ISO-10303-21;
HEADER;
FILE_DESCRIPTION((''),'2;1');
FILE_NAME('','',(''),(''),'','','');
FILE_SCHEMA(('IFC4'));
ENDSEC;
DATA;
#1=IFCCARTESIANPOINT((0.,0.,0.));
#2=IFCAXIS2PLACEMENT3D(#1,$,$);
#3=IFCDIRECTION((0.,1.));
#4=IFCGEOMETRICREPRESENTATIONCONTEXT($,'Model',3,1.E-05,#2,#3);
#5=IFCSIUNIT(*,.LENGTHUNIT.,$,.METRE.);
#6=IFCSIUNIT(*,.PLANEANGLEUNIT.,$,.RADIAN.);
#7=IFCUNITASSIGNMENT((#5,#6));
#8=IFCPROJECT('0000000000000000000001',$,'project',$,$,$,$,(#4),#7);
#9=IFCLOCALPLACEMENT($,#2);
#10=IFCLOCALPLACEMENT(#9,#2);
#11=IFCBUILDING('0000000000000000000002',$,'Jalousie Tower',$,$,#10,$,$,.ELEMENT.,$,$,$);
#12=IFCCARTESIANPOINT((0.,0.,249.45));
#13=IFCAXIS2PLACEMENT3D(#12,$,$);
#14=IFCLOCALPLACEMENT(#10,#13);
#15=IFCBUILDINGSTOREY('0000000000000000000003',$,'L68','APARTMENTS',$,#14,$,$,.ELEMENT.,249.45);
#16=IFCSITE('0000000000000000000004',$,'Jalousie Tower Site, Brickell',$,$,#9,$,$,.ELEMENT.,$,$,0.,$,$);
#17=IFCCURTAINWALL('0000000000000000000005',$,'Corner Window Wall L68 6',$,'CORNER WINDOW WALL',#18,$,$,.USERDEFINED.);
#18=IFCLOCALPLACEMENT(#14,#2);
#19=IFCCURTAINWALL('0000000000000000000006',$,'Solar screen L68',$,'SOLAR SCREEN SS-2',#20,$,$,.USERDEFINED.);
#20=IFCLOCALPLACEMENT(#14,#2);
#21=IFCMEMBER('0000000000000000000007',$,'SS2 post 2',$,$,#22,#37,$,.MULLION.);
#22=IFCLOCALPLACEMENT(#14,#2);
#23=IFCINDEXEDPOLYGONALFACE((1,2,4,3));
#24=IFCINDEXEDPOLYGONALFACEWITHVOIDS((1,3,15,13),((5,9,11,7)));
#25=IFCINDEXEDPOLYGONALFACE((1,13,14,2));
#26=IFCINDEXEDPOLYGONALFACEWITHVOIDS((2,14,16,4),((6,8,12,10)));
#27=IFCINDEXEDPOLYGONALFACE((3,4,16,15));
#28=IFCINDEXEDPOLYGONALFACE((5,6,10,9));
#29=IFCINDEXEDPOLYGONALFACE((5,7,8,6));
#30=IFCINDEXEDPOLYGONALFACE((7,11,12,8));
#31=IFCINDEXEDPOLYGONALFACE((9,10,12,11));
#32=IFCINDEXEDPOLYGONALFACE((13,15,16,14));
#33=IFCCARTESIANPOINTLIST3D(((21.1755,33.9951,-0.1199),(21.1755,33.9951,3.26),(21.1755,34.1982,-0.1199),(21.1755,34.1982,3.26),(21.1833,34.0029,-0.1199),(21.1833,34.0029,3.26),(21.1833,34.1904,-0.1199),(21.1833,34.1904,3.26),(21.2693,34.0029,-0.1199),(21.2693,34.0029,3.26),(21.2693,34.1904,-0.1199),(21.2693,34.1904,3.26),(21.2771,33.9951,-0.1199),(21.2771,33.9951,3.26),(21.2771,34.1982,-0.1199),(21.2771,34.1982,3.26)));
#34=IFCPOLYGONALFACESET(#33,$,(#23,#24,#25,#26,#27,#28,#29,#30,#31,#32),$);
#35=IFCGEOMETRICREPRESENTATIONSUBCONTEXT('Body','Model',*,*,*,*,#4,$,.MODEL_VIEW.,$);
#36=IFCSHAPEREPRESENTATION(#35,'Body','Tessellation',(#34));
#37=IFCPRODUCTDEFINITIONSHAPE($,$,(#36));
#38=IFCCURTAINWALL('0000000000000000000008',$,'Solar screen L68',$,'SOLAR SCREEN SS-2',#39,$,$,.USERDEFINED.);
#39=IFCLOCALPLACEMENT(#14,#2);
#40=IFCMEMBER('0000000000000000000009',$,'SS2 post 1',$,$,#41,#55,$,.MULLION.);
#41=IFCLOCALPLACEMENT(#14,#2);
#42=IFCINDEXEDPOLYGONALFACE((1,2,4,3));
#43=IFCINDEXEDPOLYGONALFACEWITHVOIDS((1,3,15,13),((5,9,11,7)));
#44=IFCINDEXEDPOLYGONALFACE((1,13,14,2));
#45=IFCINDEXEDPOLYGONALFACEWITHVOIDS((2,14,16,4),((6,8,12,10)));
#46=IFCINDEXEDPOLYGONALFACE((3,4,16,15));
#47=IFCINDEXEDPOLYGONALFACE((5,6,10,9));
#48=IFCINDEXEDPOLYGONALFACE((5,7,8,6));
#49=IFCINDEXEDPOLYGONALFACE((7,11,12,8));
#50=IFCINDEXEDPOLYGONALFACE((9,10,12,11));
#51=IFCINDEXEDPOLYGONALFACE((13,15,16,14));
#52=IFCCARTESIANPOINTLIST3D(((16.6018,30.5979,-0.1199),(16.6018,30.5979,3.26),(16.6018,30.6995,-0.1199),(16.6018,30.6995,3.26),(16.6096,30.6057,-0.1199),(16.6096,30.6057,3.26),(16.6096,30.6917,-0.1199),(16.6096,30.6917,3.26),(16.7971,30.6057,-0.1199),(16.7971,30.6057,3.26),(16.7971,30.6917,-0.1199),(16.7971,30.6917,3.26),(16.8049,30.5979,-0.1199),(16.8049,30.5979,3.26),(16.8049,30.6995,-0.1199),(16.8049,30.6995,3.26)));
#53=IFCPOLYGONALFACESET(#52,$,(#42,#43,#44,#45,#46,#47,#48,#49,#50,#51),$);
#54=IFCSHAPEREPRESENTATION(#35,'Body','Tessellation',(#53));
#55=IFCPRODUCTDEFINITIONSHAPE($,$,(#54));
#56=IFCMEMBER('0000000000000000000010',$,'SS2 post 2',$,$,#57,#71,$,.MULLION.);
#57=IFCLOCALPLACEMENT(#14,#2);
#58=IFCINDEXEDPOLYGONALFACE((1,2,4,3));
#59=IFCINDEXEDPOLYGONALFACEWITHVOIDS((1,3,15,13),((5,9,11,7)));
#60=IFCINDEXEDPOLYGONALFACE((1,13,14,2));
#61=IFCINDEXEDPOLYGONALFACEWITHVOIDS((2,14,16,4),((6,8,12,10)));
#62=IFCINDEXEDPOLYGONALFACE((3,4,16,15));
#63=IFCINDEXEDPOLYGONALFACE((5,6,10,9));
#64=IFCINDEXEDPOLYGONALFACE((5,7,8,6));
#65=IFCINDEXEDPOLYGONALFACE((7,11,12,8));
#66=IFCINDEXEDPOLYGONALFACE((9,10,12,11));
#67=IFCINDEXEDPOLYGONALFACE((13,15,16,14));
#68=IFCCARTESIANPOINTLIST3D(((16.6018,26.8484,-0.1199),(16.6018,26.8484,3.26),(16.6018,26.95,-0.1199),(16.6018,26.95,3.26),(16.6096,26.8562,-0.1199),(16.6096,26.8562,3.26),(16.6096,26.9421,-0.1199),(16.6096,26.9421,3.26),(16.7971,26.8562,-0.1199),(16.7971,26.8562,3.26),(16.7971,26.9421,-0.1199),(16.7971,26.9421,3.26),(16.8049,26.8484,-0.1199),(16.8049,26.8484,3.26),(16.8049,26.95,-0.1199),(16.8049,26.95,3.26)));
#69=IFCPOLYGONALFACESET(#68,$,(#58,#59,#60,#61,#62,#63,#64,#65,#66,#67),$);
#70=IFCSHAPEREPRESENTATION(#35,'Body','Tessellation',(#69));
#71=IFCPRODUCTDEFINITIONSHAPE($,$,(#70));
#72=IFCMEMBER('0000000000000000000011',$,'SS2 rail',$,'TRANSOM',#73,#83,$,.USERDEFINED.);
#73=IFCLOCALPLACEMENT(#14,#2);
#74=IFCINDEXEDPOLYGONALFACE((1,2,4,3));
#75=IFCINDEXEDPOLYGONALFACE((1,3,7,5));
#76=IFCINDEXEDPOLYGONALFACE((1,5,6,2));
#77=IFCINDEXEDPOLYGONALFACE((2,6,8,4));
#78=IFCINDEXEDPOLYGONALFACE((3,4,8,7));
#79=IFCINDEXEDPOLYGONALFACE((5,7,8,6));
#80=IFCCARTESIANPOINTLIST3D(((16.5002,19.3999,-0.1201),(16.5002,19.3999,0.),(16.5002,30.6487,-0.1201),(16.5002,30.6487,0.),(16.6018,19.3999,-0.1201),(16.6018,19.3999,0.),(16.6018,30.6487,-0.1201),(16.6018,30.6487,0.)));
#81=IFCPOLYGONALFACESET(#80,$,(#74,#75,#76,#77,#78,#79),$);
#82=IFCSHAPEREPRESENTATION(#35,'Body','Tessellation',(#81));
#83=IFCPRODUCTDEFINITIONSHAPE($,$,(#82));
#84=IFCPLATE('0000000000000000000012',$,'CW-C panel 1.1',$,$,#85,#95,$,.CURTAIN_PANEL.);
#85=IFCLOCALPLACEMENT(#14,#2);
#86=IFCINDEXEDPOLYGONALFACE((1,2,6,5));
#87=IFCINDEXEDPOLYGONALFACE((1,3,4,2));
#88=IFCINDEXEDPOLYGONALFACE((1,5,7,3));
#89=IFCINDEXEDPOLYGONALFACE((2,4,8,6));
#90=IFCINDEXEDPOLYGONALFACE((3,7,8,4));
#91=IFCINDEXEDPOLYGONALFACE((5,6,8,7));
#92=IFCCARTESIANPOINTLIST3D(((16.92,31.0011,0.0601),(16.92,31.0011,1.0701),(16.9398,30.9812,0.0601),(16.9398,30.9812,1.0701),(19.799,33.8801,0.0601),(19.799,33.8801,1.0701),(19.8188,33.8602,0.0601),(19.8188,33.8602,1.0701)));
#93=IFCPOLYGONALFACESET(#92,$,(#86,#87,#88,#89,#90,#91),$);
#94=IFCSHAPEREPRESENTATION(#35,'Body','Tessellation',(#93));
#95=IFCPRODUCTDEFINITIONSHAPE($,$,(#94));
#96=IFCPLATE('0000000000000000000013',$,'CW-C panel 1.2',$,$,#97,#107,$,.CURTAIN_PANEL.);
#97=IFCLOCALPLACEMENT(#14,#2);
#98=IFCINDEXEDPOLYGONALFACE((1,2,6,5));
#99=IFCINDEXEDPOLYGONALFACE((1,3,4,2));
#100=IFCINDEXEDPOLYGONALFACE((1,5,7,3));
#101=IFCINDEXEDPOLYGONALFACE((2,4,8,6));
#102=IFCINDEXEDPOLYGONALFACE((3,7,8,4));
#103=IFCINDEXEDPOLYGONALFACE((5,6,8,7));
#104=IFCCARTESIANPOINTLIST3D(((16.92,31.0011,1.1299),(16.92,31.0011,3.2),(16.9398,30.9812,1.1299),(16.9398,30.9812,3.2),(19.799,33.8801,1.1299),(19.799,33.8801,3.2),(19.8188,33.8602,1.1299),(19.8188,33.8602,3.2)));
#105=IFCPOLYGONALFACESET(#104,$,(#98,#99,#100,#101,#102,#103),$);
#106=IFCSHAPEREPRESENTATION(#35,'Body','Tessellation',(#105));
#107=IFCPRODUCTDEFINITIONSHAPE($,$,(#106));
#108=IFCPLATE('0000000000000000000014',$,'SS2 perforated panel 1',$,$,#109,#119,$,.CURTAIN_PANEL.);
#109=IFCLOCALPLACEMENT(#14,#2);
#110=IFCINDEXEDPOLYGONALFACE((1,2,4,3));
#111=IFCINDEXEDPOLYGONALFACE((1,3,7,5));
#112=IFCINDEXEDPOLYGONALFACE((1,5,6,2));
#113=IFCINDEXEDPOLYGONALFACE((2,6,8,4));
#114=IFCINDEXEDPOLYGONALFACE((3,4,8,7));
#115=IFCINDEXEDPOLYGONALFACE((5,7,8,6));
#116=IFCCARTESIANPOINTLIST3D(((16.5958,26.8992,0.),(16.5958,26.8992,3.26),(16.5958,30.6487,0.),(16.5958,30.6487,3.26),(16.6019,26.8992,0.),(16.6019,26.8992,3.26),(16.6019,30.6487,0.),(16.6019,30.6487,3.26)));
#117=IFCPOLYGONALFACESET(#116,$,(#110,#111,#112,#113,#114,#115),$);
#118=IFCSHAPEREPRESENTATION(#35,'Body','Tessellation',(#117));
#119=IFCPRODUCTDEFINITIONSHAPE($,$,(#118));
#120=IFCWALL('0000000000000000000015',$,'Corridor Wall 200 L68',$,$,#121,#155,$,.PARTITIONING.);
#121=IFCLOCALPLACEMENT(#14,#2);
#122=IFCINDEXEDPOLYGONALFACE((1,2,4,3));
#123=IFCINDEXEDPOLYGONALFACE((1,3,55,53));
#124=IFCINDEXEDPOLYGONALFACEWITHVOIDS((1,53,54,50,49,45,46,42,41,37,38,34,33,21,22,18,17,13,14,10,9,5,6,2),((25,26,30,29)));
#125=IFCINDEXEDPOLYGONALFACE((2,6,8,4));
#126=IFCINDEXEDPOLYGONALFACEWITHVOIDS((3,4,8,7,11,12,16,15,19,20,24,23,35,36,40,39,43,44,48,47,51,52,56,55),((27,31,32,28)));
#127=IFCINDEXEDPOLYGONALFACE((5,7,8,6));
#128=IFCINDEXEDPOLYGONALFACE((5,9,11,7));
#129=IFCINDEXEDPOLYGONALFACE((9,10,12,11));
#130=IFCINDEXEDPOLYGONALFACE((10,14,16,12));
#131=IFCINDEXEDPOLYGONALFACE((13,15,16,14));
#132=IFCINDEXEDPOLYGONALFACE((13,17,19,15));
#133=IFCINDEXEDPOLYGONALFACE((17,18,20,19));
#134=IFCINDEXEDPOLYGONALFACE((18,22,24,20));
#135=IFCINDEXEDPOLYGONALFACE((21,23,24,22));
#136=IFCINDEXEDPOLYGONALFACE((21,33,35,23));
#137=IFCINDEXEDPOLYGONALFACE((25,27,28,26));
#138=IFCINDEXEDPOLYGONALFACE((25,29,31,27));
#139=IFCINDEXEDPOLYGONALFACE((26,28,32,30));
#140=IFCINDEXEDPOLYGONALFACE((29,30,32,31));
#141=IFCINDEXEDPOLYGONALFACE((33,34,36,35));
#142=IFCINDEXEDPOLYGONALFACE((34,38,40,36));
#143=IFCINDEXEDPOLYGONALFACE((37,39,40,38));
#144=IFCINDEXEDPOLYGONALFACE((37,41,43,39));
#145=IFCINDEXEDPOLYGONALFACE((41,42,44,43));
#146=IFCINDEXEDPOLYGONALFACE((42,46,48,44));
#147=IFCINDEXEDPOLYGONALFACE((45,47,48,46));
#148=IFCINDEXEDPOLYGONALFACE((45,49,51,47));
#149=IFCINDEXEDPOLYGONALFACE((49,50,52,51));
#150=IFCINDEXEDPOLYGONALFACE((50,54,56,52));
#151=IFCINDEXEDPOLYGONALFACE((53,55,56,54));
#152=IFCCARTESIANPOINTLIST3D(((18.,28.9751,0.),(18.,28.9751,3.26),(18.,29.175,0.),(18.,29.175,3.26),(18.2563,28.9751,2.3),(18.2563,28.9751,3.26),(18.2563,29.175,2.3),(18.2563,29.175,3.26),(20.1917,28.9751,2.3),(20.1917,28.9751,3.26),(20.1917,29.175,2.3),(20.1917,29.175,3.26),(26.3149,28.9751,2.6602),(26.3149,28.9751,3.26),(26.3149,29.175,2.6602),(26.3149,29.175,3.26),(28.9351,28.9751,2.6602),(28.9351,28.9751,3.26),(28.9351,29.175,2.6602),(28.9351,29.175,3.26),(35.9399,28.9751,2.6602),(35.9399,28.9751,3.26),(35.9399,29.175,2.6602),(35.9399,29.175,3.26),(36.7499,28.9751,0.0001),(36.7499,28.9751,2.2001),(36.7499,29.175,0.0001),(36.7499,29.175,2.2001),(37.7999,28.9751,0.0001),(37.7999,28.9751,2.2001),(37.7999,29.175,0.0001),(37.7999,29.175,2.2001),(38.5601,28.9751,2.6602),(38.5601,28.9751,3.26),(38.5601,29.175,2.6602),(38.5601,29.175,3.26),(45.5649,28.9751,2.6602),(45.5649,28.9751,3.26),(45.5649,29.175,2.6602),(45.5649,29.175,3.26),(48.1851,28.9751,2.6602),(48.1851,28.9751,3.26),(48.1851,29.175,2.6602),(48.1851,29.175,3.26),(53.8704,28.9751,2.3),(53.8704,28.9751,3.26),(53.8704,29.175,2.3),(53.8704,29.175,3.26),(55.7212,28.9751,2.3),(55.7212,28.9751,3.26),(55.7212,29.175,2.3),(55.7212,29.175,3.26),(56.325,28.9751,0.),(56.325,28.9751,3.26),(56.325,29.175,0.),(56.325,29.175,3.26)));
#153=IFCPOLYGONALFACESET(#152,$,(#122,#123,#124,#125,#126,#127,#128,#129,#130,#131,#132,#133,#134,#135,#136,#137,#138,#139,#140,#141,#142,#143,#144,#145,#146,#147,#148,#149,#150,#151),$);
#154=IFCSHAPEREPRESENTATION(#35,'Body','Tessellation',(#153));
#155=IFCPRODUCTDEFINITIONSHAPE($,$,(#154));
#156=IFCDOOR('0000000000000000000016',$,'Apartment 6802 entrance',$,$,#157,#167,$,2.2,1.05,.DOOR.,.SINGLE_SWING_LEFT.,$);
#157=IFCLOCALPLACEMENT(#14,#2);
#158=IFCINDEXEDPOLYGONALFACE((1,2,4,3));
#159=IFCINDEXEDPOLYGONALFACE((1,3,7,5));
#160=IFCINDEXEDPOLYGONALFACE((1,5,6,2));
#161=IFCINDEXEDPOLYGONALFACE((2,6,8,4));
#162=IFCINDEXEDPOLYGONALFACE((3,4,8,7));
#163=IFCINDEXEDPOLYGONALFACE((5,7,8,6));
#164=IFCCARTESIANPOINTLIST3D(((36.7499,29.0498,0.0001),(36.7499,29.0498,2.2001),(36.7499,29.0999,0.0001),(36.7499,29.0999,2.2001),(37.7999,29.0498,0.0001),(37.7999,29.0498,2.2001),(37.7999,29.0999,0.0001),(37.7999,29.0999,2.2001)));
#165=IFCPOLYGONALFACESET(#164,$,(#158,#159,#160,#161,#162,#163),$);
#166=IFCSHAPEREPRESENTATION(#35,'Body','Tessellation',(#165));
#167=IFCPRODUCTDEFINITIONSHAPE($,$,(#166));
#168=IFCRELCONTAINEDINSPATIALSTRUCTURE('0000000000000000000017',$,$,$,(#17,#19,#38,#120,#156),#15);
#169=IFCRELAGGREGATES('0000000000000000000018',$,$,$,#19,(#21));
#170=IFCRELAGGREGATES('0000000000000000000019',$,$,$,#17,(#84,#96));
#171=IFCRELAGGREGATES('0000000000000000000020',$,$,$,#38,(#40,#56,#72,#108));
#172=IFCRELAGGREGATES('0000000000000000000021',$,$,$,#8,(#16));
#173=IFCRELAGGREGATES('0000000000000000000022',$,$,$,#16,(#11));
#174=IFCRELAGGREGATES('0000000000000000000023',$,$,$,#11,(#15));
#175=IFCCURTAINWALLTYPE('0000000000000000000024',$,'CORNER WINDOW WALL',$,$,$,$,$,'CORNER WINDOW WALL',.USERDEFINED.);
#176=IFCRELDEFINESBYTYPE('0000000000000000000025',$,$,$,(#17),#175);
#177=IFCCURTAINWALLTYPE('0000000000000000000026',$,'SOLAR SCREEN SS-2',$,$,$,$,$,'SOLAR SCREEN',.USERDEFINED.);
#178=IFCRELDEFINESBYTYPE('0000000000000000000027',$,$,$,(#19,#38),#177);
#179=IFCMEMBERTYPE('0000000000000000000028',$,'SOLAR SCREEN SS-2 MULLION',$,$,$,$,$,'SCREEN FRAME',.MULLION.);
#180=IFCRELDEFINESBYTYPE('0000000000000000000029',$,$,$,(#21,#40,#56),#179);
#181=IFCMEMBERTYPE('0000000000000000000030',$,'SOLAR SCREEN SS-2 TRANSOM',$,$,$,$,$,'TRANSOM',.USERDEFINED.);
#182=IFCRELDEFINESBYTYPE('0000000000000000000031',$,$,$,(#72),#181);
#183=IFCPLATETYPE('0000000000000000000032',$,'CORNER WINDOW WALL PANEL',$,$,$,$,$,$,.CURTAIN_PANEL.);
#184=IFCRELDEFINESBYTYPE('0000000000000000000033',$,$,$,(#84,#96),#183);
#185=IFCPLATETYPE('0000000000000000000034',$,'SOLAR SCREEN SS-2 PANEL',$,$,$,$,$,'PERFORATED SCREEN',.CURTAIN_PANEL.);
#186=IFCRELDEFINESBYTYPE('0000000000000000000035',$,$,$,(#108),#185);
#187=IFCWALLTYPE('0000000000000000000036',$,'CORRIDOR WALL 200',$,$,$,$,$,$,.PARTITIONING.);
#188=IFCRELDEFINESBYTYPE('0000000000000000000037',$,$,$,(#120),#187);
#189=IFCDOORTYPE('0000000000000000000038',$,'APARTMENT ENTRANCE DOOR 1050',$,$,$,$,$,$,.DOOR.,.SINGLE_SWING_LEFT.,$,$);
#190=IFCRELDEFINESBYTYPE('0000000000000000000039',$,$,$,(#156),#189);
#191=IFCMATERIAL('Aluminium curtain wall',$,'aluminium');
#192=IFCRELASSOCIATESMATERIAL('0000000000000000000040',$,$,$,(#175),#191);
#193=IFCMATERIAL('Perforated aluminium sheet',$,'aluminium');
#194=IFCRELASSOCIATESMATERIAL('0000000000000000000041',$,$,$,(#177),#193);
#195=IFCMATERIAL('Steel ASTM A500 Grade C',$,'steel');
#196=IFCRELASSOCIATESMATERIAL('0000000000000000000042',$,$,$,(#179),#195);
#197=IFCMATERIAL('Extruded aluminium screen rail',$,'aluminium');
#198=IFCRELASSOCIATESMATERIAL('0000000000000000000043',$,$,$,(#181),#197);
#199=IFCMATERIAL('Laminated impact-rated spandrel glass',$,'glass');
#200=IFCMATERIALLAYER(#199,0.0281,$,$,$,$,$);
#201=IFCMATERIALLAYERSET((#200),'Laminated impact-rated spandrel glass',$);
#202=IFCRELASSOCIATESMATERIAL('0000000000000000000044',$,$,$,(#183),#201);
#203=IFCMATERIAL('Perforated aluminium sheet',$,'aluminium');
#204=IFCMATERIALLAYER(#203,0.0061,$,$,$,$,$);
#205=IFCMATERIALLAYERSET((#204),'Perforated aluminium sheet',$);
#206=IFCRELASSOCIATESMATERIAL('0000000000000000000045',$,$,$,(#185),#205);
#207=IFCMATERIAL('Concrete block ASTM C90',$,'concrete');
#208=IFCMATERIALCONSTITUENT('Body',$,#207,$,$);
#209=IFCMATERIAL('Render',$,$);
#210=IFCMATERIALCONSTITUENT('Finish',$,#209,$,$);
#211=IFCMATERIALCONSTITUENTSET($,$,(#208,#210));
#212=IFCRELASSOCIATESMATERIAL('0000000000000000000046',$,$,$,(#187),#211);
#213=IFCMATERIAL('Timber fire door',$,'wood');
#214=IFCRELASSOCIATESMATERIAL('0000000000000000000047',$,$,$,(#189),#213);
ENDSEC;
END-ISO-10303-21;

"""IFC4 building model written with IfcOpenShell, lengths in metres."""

from ifc_helpers import new_model, si_unit, direction, frame, frame_2d, origin, origin_2d, place, context, subcontext, project, spatial, polyline, rectangle, hollow_rectangle, outline, extrude, material, layer, layer_set, constituent, constituent_set, material_profile, profile_set, type_object, element, fill, aggregate, save


model = new_model("IFC4")

# Units and contexts
model_context = context("Model", 3, precision=1e-05, world=origin(), true_north=direction((0.0, 1.0)))
body_context = subcontext(model_context, "Body", "Model", "MODEL_VIEW")
ifc_project = project(units=[si_unit("LENGTHUNIT", "METRE"), si_unit("PLANEANGLEUNIT", "RADIAN")], contexts=[model_context])

# Site, building, storey
site_placement = place(None, origin())
site = spatial("IfcSite", under=ifc_project, at=site_placement, Name="Jalousie Tower Site, Brickell", CompositionType="ELEMENT", RefElevation=0.0)
building_placement = place(site_placement, origin())
building = spatial("IfcBuilding", under=site, at=building_placement, Name="Jalousie Tower", CompositionType="ELEMENT")
storey_placement = place(building_placement, frame((0.0, 0.0, 249.45)))
storey = spatial("IfcBuildingStorey", under=building, at=storey_placement, Name="L68", Description="APARTMENTS", CompositionType="ELEMENT", Elevation=249.45)

# Curtain wall
ifc_material_1 = material(Name="Aluminium curtain wall", Category="aluminium")
curtain_wall_type_1 = type_object("IfcCurtainWallType", Name="CORNER WINDOW WALL", ElementType="CORNER WINDOW WALL", PredefinedType="USERDEFINED", material=ifc_material_1)
curtain_wall_1_placement = place(storey_placement, origin())
curtain_wall_1 = element("IfcCurtainWall", 1, at=curtain_wall_1_placement, inside=storey, type_object=curtain_wall_type_1, Name="Corner Window Wall L68 6", ObjectType="CORNER WINDOW WALL", PredefinedType="USERDEFINED")

# Curtain wall, member
ifc_material_2 = material(Name="Perforated aluminium sheet", Category="aluminium")
curtain_wall_type_2 = type_object("IfcCurtainWallType", Name="SOLAR SCREEN SS-2", ElementType="SOLAR SCREEN", PredefinedType="USERDEFINED", material=ifc_material_2)
curtain_wall_2_placement = place(storey_placement, origin())
curtain_wall_2 = element("IfcCurtainWall", 2, at=curtain_wall_2_placement, inside=storey, type_object=curtain_wall_type_2, Name="Solar screen L68", ObjectType="SOLAR SCREEN SS-2", PredefinedType="USERDEFINED")
ifc_material_3 = material(Name="Steel ASTM A500 Grade C", Category="steel")
ifc_material_profile_1 = material_profile(ifc_material_3, hollow_rectangle(XDim=0.1016, YDim=0.2031, WallThickness=0.0078, at=origin_2d()), Name="HSS8X4X5/16")
ifc_profile_set_1 = profile_set([ifc_material_profile_1], Name="Steel ASTM A500 Grade C")
member_type_1 = type_object("IfcMemberType", Name="SOLAR SCREEN SS-2 MULLION", ElementType="SCREEN FRAME", PredefinedType="MULLION", material=ifc_profile_set_1)
member_1_placement = place(storey_placement, frame((21.2263, 34.0967, -0.1199), z_axis=(0.0, 0.0, 1.0), x_axis=(-1.0, 0.0, 0.0)))
member_1 = element("IfcMember", 3, at=member_1_placement, type_object=member_type_1, Name="SS2 post 2", PredefinedType="MULLION", context=body_context, shape_type="SweptSolid", body=[
    extrude(hollow_rectangle(XDim=0.1016, YDim=0.2031, WallThickness=0.0078, at=origin_2d()), origin(), (0.0, 0.0, 1.0), 3.3799),
])
aggregate(curtain_wall_2, [member_1])

# Curtain wall, members
curtain_wall_3_placement = place(storey_placement, origin())
curtain_wall_3 = element("IfcCurtainWall", 4, at=curtain_wall_3_placement, inside=storey, type_object=curtain_wall_type_2, Name="Solar screen L68", ObjectType="SOLAR SCREEN SS-2", PredefinedType="USERDEFINED")
member_2_placement = place(storey_placement, frame((16.7034, 30.6487, -0.1199), z_axis=(0.0, 0.0, 1.0), x_axis=(0.0, -1.0, 0.0)))
member_2 = element("IfcMember", 5, at=member_2_placement, type_object=member_type_1, Name="SS2 post 1", PredefinedType="MULLION", context=body_context, shape_type="SweptSolid", body=[
    extrude(hollow_rectangle(XDim=0.1016, YDim=0.2031, WallThickness=0.0078, at=origin_2d()), origin(), (0.0, 0.0, 1.0), 3.3799),
])
member_3_placement = place(storey_placement, frame((16.7034, 26.8992, -0.1199), z_axis=(0.0, 0.0, 1.0), x_axis=(0.0, -1.0, 0.0)))
member_3 = element("IfcMember", 6, at=member_3_placement, type_object=member_type_1, Name="SS2 post 2", PredefinedType="MULLION", context=body_context, shape_type="SweptSolid", body=[
    extrude(hollow_rectangle(XDim=0.1016, YDim=0.2031, WallThickness=0.0078, at=origin_2d()), origin(), (0.0, 0.0, 1.0), 3.3799),
])
ifc_material_4 = material(Name="Extruded aluminium screen rail", Category="aluminium")
ifc_material_profile_2 = material_profile(ifc_material_4, rectangle(XDim=0.1016, YDim=0.1201, at=origin_2d()), Name="RAIL 102x120")
ifc_profile_set_2 = profile_set([ifc_material_profile_2], Name="Extruded aluminium screen rail")
member_type_2 = type_object("IfcMemberType", Name="SOLAR SCREEN SS-2 TRANSOM", ElementType="TRANSOM", PredefinedType="USERDEFINED", material=ifc_profile_set_2)
member_4_placement = place(storey_placement, frame((16.551, 30.6487, -0.0601), z_axis=(0.0, -1.0, 0.0), x_axis=(1.0, 0.0, 0.0)))
member_4 = element("IfcMember", 7, at=member_4_placement, type_object=member_type_2, Name="SS2 rail", ObjectType="TRANSOM", PredefinedType="USERDEFINED", context=body_context, shape_type="SweptSolid", body=[
    extrude(rectangle(XDim=0.1016, YDim=0.1201, at=origin_2d()), origin(), (0.0, 0.0, 1.0), 11.2488),
])

# Plates
ifc_material_5 = material(Name="Laminated impact-rated spandrel glass", Category="glass")
ifc_layer_1 = layer(ifc_material_5, 0.0281)
ifc_layer_set_1 = layer_set([ifc_layer_1], Name="Laminated impact-rated spandrel glass")
plate_type_1 = type_object("IfcPlateType", Name="CORNER WINDOW WALL PANEL", PredefinedType="CURTAIN_PANEL", material=ifc_layer_set_1)
plate_1_placement = place(storey_placement, frame((18.3694, 32.4307, 0.0601), z_axis=(0.0, 0.0, 1.0), x_axis=(-0.707107, -0.707107, 0.0)))
plate_1 = element("IfcPlate", 8, at=plate_1_placement, type_object=plate_type_1, Name="CW-C panel 1.1", PredefinedType="CURTAIN_PANEL", context=body_context, shape_type="SweptSolid", body=[
    extrude(rectangle(XDim=4.0715, YDim=0.0281, at=origin_2d()), origin(), (0.0, 0.0, 1.0), 1.01),
])
plate_2_placement = place(storey_placement, frame((18.3694, 32.4307, 1.1299), z_axis=(0.0, 0.0, 1.0), x_axis=(-0.707107, -0.707107, 0.0)))
plate_2 = element("IfcPlate", 9, at=plate_2_placement, type_object=plate_type_1, Name="CW-C panel 1.2", PredefinedType="CURTAIN_PANEL", context=body_context, shape_type="SweptSolid", body=[
    extrude(rectangle(XDim=4.0715, YDim=0.0281, at=origin_2d()), origin(), (0.0, 0.0, 1.0), 2.0701),
])
aggregate(curtain_wall_1, [plate_1, plate_2])
ifc_material_6 = material(Name="Perforated aluminium sheet", Category="aluminium")
ifc_layer_2 = layer(ifc_material_6, 0.0061)
ifc_layer_set_2 = layer_set([ifc_layer_2], Name="Perforated aluminium sheet")
plate_type_2 = type_object("IfcPlateType", Name="SOLAR SCREEN SS-2 PANEL", ElementType="PERFORATED SCREEN", PredefinedType="CURTAIN_PANEL", material=ifc_layer_set_2)
plate_3_placement = place(storey_placement, frame((16.5989, 28.7739, 0.0), z_axis=(0.0, 0.0, 1.0), x_axis=(0.0, -1.0, 0.0)))
plate_3 = element("IfcPlate", 10, at=plate_3_placement, type_object=plate_type_2, Name="SS2 perforated panel 1", PredefinedType="CURTAIN_PANEL", context=body_context, shape_type="SweptSolid", body=[
    extrude(rectangle(XDim=3.7495, YDim=0.0061, at=origin_2d()), origin(), (0.0, 0.0, 1.0), 3.26),
])
aggregate(curtain_wall_3, [member_2, member_3, member_4, plate_3])

# Wall, opening, door
ifc_material_7 = material(Name="Concrete block ASTM C90", Category="concrete")
ifc_constituent_1 = constituent(ifc_material_7, Name="Body")
ifc_material_8 = material(Name="Render")
ifc_constituent_2 = constituent(ifc_material_8, Name="Finish")
ifc_constituent_set_1 = constituent_set(constituents=[ifc_constituent_1, ifc_constituent_2])
wall_type_1 = type_object("IfcWallType", Name="CORRIDOR WALL 200", PredefinedType="PARTITIONING", material=ifc_constituent_set_1)
wall_1_placement = place(storey_placement, frame((18.0, 29.075, 0.0), z_axis=(0.0, 0.0, 1.0), x_axis=(1.0, 0.0, 0.0)))
wall_1 = element("IfcWall", 11, at=wall_1_placement, inside=storey, type_object=wall_type_1, Name="Corridor Wall 200 L68", PredefinedType="PARTITIONING", context=body_context, shape_type="SweptSolid", body=[
    extrude(outline(polyline([(0.0, 0.0), (38.325, 0.0), (38.325, 3.26), (37.7212, 3.26), (37.7212, 2.3), (35.8704, 2.3), (35.8704, 3.26), (30.1851, 3.26), (30.1851, 2.6602), (27.5649, 2.6602), (27.5649, 3.26), (20.5601, 3.26), (20.5601, 2.6602), (17.9399, 2.6602), (17.9399, 3.26), (10.9351, 3.26), (10.9351, 2.6602), (8.3149, 2.6602), (8.3149, 3.26), (2.1917, 3.26), (2.1917, 2.3), (0.2563, 2.3), (0.2563, 3.26), (0.0, 3.26), (0.0, 0.0)])), frame((0.0, 0.1001, 0.0), z_axis=(0.0, -1.0, 0.0), x_axis=(1.0, 0.0, 0.0)), (0.0, 0.0, 1.0), 0.2),
])
opening_1_placement = place(wall_1_placement, frame((18.75, 0.0, 0.0)))
opening_1 = element("IfcOpeningElement", 12, at=opening_1_placement, cuts=wall_1, PredefinedType="OPENING", context=body_context, shape_type="SweptSolid", body=[
    extrude(rectangle(XDim=1.05, YDim=2.2, at=frame_2d((0.5249, 1.1001))), frame((0.0, 0.1099, 0.0), z_axis=(0.0, -1.0, 0.0), x_axis=(1.0, 0.0, 0.0)), (0.0, 0.0, 1.0), 0.22),
])
ifc_material_9 = material(Name="Timber fire door", Category="wood")
door_type_1 = type_object("IfcDoorType", Name="APARTMENT ENTRANCE DOOR 1050", OperationType="SINGLE_SWING_LEFT", PredefinedType="DOOR", material=ifc_material_9)
door_1_placement = place(opening_1_placement, origin())
door_1 = element("IfcDoor", 13, at=door_1_placement, inside=storey, type_object=door_type_1, Name="Apartment 6802 entrance", OperationType="SINGLE_SWING_LEFT", OverallHeight=2.2, OverallWidth=1.05, PredefinedType="DOOR", context=body_context, shape_type="SweptSolid", body=[
    extrude(rectangle(XDim=1.05, YDim=2.2, at=frame_2d((0.5249, 1.1001))), frame((0.0, 0.0249, 0.0), z_axis=(0.0, -1.0, 0.0), x_axis=(1.0, 0.0, 0.0)), (0.0, 0.0, 1.0), 0.05),
])
fill(opening_1, door_1)

save(model, "model.ifc")
